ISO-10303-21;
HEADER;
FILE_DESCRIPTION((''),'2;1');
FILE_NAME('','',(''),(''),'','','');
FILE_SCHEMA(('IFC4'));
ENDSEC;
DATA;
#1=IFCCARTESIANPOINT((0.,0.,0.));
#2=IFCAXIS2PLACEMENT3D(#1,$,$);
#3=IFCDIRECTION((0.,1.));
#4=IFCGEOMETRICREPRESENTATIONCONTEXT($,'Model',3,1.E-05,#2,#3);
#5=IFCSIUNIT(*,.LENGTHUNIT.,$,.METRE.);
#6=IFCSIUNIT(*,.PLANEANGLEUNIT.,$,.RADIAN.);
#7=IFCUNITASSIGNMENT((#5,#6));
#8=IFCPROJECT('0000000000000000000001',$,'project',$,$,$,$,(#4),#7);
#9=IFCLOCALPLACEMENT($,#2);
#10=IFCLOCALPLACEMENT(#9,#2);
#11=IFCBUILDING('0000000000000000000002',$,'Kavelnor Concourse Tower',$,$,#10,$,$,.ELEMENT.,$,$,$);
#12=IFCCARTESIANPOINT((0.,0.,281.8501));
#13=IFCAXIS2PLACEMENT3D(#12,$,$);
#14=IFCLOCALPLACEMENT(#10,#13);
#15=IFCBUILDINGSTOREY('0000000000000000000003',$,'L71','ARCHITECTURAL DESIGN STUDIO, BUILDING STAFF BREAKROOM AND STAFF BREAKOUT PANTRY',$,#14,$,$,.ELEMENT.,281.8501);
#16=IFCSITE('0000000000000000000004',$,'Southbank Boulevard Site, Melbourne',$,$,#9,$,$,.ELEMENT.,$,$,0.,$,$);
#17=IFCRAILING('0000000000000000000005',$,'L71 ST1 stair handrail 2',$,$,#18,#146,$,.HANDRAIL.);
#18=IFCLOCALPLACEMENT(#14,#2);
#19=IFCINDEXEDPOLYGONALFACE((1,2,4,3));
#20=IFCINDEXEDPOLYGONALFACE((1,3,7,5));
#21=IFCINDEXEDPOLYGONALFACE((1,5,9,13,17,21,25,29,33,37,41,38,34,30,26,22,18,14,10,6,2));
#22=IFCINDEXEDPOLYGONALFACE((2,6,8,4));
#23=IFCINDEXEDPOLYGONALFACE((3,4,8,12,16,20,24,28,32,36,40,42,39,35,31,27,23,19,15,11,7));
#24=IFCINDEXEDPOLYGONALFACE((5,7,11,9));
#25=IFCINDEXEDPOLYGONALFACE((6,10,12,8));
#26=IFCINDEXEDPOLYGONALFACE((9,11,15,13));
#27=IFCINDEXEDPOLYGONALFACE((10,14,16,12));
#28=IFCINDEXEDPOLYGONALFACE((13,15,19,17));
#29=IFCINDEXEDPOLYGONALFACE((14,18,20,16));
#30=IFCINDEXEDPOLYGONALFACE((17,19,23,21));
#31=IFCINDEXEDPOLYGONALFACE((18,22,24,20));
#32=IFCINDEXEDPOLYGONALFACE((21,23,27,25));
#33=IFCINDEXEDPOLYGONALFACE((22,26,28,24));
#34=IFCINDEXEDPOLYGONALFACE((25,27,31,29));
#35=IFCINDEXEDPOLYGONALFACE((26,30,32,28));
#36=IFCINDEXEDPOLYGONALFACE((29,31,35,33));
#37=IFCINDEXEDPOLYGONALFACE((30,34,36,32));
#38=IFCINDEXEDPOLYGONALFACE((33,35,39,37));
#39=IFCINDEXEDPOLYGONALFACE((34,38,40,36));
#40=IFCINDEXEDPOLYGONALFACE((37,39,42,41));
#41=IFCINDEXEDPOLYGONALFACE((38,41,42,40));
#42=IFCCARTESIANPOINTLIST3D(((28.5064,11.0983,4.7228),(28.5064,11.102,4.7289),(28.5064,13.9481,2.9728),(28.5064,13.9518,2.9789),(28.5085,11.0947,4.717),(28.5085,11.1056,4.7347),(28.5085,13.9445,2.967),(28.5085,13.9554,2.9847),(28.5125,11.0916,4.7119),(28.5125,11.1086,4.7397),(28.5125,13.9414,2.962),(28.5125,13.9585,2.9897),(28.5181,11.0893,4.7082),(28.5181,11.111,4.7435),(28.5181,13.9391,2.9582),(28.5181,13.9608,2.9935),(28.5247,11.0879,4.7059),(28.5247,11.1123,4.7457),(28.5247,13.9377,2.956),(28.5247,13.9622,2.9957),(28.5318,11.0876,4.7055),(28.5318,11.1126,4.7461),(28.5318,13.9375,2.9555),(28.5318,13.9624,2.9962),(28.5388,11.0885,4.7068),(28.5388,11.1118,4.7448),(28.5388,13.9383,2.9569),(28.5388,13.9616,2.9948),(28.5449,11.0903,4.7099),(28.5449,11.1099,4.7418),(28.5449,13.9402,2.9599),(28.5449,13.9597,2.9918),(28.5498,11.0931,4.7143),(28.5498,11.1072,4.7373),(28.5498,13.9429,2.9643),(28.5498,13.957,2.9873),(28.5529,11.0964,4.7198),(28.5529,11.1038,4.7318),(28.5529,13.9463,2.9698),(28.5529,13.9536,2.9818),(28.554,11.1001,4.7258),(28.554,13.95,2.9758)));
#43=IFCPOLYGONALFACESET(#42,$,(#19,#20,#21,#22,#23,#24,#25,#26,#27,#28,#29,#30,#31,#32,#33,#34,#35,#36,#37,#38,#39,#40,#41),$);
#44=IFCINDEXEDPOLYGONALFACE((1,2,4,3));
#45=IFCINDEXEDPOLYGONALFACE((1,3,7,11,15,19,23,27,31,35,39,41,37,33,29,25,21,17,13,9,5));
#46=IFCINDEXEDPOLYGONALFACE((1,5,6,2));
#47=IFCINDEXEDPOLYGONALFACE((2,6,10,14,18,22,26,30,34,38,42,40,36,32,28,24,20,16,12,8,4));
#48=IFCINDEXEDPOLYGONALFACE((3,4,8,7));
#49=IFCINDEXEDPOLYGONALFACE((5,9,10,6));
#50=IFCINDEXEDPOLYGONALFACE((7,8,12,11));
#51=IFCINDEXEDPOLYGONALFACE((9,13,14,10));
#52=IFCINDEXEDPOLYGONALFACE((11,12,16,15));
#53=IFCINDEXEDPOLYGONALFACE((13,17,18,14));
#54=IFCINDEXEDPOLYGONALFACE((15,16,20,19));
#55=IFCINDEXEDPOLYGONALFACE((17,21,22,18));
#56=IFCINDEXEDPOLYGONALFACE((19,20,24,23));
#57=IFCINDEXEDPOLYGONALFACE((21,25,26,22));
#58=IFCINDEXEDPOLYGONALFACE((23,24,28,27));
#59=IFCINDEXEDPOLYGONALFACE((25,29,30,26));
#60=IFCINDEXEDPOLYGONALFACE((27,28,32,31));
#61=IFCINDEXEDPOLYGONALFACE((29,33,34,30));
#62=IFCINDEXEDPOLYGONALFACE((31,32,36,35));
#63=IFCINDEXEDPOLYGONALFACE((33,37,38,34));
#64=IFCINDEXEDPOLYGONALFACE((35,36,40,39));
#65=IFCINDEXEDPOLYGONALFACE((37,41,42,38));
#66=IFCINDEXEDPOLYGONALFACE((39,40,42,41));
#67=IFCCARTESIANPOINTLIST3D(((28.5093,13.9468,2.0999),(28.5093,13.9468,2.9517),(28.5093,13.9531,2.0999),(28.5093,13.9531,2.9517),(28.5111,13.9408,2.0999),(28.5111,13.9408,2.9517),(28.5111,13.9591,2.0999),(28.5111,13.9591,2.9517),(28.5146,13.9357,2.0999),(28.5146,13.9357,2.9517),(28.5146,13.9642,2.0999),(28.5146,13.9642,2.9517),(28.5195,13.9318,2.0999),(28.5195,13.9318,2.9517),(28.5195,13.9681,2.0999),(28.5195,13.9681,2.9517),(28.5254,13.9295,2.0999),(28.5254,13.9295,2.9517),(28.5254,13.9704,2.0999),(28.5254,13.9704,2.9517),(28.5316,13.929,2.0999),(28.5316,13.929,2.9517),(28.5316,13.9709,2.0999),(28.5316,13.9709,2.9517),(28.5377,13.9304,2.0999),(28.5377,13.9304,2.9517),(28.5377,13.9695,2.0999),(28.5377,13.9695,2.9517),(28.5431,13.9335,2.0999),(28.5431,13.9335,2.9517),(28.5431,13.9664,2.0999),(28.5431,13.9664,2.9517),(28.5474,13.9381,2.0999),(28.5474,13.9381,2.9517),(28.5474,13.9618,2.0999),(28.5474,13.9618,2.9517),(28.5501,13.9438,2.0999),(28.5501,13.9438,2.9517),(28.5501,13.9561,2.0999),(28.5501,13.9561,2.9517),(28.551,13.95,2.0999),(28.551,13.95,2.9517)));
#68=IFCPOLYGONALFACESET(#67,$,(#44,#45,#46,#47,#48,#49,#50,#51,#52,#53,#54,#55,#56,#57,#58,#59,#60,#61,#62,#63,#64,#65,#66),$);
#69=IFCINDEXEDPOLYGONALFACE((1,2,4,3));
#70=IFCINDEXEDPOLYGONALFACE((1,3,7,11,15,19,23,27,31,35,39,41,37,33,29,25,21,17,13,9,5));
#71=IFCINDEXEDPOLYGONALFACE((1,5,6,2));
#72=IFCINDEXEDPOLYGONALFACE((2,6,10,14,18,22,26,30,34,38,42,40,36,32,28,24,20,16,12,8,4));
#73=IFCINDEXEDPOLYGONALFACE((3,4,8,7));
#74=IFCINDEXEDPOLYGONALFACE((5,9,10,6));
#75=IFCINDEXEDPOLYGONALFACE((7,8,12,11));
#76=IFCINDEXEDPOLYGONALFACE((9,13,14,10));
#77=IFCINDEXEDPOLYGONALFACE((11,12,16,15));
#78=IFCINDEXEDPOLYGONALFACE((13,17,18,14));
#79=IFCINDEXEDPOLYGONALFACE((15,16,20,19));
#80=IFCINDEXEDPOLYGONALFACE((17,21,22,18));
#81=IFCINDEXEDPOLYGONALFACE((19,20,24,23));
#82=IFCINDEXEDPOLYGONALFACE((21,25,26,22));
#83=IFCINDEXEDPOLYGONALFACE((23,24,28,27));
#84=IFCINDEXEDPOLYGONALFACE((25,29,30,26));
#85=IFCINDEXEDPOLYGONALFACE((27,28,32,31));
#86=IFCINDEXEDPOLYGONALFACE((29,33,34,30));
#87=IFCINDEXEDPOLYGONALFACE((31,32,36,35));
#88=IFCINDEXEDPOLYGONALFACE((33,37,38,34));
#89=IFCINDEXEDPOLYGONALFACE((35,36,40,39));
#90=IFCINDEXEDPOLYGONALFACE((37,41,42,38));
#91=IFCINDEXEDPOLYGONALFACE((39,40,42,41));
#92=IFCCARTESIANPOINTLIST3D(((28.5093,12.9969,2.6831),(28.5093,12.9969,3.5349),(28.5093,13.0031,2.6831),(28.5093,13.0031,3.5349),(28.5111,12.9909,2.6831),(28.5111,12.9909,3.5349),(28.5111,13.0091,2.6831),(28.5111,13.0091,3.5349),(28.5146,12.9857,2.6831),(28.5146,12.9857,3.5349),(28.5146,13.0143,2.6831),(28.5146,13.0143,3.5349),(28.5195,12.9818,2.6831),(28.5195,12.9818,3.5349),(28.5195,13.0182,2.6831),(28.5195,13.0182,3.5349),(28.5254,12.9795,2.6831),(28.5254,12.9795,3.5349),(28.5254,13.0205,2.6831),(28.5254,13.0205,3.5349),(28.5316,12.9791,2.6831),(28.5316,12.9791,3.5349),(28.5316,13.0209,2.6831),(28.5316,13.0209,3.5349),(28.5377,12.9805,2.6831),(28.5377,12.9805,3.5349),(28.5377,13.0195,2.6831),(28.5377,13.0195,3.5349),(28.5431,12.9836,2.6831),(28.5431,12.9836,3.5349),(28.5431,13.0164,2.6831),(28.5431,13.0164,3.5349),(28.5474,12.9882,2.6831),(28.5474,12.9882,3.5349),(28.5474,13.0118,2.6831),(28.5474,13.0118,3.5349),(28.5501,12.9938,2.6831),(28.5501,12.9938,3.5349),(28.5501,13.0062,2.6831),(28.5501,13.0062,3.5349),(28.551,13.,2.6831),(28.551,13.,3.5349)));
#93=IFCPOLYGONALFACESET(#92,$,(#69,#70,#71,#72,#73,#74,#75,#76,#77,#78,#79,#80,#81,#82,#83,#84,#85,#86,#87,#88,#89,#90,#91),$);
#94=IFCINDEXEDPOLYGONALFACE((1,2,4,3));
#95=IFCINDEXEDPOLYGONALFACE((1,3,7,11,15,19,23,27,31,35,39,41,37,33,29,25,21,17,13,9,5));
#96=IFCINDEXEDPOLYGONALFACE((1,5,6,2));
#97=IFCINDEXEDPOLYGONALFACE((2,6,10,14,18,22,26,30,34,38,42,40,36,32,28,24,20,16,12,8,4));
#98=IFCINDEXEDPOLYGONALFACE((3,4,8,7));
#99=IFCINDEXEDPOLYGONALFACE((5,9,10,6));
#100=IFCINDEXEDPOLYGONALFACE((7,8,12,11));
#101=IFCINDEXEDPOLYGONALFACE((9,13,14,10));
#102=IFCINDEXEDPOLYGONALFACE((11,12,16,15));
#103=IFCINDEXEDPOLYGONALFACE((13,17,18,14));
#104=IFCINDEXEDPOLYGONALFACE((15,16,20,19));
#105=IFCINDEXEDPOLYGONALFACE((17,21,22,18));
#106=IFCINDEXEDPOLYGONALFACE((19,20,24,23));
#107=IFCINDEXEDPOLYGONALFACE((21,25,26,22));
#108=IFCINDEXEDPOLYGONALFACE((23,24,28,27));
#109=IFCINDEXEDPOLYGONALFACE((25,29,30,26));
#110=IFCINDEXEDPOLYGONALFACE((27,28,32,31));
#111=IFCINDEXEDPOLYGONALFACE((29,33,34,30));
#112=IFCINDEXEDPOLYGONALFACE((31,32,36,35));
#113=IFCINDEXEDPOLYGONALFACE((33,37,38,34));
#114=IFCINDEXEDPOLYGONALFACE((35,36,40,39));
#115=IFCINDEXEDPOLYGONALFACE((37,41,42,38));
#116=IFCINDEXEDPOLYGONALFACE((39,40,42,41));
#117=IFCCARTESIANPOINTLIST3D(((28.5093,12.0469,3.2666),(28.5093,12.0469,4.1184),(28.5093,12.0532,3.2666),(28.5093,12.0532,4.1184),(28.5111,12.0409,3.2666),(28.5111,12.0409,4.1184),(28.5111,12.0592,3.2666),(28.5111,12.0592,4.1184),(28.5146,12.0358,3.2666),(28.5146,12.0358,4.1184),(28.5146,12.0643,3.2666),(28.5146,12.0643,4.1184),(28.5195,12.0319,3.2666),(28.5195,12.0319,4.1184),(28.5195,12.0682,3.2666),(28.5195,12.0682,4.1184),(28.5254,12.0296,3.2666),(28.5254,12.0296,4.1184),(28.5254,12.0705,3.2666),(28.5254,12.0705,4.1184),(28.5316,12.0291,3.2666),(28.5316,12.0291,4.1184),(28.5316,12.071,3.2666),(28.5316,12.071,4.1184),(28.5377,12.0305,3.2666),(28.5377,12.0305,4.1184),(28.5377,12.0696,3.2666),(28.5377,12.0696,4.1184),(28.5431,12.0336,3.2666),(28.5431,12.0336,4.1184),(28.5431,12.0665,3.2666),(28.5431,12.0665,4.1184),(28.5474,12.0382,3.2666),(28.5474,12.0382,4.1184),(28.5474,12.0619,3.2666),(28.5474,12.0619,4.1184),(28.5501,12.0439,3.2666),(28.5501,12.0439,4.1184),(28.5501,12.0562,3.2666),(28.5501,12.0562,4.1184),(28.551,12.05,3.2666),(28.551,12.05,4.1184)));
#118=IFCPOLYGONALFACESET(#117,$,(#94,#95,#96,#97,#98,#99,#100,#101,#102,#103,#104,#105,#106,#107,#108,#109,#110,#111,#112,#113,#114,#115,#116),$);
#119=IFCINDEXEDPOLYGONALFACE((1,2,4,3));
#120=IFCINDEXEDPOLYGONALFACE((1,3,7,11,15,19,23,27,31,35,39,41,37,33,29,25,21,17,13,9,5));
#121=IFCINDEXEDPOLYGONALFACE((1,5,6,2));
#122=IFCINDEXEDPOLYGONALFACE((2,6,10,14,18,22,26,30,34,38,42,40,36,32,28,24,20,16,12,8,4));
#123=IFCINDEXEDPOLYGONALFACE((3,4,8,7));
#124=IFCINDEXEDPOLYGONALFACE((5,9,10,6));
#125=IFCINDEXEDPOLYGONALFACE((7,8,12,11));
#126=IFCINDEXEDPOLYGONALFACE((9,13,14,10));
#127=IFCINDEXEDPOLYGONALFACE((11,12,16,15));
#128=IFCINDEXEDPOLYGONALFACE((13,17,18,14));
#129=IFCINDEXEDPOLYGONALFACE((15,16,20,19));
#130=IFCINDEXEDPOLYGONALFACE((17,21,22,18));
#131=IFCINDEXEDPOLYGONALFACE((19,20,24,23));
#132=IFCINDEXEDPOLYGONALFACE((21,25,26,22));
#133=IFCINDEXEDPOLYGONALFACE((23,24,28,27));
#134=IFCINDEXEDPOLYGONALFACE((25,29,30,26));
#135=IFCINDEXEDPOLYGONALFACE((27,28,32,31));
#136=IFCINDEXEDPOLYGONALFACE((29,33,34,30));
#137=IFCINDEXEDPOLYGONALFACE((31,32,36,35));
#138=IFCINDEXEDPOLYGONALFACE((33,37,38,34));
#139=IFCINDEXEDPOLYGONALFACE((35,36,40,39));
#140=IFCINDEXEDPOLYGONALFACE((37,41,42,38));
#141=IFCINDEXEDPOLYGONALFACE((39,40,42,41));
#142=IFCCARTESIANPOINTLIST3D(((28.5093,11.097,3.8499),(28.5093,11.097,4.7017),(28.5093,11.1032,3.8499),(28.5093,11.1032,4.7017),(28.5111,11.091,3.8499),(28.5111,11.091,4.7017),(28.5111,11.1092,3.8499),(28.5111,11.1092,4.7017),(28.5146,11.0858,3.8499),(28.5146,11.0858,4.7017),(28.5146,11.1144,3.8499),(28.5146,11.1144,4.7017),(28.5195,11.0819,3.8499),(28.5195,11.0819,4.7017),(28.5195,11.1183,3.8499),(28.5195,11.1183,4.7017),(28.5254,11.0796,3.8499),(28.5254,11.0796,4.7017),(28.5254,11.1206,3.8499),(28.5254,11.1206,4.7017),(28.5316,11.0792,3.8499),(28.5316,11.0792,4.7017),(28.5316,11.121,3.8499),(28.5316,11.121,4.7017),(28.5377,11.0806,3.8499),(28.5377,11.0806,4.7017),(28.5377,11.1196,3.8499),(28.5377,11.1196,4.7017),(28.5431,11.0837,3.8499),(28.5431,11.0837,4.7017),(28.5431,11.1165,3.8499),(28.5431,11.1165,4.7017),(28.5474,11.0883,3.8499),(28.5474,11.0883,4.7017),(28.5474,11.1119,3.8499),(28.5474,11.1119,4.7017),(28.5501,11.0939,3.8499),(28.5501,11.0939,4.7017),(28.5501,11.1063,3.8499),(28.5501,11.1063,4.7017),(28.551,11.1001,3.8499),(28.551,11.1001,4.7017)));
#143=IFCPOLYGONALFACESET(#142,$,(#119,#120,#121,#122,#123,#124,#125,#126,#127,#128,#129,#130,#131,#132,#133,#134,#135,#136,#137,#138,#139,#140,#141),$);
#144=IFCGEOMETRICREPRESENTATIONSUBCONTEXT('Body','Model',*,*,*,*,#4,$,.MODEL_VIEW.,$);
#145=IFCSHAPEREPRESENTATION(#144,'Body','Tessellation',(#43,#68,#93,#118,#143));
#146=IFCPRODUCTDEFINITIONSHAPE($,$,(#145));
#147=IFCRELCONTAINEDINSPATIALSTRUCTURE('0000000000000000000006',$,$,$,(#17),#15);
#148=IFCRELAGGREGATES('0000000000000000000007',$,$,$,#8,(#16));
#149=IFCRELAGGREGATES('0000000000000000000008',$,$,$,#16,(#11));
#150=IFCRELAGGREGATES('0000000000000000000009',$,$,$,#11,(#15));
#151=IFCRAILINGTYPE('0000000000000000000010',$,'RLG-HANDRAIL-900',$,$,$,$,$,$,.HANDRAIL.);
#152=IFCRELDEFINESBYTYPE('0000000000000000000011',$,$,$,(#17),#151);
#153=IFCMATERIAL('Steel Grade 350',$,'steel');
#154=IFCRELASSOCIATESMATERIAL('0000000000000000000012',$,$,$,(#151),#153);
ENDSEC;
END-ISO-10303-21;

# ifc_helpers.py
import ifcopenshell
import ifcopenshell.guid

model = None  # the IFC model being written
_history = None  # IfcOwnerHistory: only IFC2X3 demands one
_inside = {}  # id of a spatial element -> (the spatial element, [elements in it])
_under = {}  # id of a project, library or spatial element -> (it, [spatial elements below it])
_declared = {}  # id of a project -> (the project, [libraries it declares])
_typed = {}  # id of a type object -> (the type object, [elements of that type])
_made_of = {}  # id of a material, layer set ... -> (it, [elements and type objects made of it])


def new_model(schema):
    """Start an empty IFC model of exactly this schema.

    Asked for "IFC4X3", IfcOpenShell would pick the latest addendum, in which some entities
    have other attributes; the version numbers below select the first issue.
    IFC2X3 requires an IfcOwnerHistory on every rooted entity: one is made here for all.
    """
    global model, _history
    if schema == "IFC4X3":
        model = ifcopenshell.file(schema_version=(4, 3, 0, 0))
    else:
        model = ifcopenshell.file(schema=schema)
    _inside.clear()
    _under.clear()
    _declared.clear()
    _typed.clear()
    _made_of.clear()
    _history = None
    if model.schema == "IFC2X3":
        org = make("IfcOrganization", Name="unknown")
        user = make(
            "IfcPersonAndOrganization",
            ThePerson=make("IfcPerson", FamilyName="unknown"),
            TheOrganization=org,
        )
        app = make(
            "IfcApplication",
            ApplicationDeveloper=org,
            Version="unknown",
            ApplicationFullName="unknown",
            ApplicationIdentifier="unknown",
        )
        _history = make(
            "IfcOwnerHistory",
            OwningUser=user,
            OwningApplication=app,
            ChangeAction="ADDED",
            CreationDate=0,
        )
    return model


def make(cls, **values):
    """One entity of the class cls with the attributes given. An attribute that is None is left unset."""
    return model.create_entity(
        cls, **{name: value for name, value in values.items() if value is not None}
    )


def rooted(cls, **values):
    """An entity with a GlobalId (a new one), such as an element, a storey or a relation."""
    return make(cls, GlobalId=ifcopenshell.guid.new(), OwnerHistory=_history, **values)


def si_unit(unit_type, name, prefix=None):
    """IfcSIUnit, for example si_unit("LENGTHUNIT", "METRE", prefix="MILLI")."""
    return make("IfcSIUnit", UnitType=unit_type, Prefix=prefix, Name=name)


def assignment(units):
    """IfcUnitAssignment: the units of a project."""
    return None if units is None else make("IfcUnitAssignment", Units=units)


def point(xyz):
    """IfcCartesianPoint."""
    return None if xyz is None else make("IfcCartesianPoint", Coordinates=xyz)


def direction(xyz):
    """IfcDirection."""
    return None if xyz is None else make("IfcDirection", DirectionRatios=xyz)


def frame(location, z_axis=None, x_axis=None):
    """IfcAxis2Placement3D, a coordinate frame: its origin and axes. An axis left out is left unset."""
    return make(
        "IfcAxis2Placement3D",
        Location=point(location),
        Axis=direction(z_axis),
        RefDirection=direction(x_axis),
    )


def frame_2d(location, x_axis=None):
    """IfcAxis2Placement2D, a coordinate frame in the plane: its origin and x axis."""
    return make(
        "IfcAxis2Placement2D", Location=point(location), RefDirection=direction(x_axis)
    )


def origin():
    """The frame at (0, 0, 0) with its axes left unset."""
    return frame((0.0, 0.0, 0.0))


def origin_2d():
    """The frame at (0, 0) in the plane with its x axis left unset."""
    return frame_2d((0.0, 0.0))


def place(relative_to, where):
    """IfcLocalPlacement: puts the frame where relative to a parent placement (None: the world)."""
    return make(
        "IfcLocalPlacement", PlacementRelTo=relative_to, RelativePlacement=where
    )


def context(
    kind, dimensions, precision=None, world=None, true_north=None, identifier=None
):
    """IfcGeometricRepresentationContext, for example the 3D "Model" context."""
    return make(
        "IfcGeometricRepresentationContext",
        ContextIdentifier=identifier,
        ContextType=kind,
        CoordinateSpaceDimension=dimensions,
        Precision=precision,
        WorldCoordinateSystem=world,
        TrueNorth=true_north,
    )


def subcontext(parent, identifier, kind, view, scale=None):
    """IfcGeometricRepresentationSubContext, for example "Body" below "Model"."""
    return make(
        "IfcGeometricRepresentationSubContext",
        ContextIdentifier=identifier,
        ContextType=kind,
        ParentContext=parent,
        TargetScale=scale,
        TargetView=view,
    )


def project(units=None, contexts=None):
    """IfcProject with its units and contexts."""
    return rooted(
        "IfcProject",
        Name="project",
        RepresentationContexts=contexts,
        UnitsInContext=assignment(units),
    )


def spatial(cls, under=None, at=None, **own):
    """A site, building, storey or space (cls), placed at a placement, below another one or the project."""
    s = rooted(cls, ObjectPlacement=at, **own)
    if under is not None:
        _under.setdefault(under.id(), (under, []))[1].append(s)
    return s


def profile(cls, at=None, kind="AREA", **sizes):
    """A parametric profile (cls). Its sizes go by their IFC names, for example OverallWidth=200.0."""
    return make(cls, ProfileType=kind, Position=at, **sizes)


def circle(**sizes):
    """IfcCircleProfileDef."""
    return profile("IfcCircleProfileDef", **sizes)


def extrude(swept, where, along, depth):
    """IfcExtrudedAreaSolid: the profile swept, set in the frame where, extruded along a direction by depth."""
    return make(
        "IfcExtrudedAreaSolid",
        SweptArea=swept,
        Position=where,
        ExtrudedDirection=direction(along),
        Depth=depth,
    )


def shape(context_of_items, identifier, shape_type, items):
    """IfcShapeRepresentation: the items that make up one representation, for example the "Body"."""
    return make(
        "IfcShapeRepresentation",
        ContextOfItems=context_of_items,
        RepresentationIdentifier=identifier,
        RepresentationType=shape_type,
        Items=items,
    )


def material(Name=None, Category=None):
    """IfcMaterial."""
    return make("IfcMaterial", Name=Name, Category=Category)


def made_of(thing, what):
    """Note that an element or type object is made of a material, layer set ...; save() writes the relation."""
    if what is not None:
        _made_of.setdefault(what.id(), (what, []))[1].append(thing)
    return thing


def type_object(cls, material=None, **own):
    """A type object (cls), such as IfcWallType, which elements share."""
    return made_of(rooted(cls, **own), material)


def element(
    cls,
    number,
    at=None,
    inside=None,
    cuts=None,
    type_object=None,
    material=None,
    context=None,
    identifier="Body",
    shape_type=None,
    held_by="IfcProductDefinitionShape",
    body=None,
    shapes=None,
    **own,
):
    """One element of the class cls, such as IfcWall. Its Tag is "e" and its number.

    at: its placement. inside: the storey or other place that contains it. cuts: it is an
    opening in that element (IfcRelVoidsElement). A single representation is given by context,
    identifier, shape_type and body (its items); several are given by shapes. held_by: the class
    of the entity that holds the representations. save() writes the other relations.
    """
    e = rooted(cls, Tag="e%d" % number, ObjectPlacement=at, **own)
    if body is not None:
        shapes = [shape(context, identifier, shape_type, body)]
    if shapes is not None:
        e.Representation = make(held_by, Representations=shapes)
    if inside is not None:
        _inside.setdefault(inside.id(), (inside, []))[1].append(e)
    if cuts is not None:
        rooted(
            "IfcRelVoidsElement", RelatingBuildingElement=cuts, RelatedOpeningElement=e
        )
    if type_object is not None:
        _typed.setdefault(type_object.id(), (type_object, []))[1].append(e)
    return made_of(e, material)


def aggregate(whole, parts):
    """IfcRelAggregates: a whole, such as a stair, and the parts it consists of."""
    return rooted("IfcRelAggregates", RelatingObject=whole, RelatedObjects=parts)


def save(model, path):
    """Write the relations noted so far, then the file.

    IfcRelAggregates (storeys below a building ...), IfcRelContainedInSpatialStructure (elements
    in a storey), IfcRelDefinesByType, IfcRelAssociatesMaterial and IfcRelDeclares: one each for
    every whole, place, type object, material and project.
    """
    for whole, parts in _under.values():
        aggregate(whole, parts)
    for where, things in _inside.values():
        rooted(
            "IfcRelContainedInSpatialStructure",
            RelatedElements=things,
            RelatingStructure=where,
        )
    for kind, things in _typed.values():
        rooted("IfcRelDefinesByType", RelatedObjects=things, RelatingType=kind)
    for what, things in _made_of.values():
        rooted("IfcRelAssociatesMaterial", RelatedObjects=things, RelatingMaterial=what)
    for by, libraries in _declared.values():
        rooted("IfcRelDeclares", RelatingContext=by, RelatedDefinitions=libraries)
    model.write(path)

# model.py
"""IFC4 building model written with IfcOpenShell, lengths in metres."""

from ifc_helpers import new_model, si_unit, direction, frame, origin, origin_2d, place, context, subcontext, project, spatial, circle, extrude, material, type_object, element, save


model = new_model("IFC4")

# Units and contexts
model_context = context("Model", 3, precision=1e-05, world=origin(), true_north=direction((0.0, 1.0)))
body_context = subcontext(model_context, "Body", "Model", "MODEL_VIEW")
ifc_project = project(units=[si_unit("LENGTHUNIT", "METRE"), si_unit("PLANEANGLEUNIT", "RADIAN")], contexts=[model_context])

# Site, building, storey
site_placement = place(None, origin())
site = spatial("IfcSite", under=ifc_project, at=site_placement, Name="Southbank Boulevard Site, Melbourne", CompositionType="ELEMENT", RefElevation=0.0)
building_placement = place(site_placement, origin())
building = spatial("IfcBuilding", under=site, at=building_placement, Name="Kavelnor Concourse Tower", CompositionType="ELEMENT")
storey_placement = place(building_placement, frame((0.0, 0.0, 281.8501)))
storey = spatial("IfcBuildingStorey", under=building, at=storey_placement, Name="L71", Description="ARCHITECTURAL DESIGN STUDIO, BUILDING STAFF BREAKROOM AND STAFF BREAKOUT PANTRY", CompositionType="ELEMENT", Elevation=281.8501)

# Shared definitions
ifc_material_1 = material(Name="Steel Grade 350", Category="steel")

# Railing
railing_type_1 = type_object("IfcRailingType", Name="RLG-HANDRAIL-900", PredefinedType="HANDRAIL", material=ifc_material_1)
railing_1_placement = place(storey_placement, frame((28.53, 13.95, 2.0999)))
element("IfcRailing", 1, at=railing_1_placement, inside=storey, type_object=railing_type_1, Name="L71 ST1 stair handrail 2", PredefinedType="HANDRAIL", context=body_context, shape_type="SweptSolid", body=[
    extrude(circle(Radius=0.0239, at=origin_2d()), frame((0.0, 0.0, 0.876), z_axis=(0.0, -0.852159, 0.523283), x_axis=(1.0, 0.0, 0.0)), (0.0, 0.0, 1.0), 3.3442),
    extrude(circle(Radius=0.021, at=origin_2d()), origin(), (0.0, 0.0, 1.0), 0.8518),
    extrude(circle(Radius=0.021, at=origin_2d()), frame((0.0, -0.95, 0.5833)), (0.0, 0.0, 1.0), 0.8518),
    extrude(circle(Radius=0.021, at=origin_2d()), frame((0.0, -1.8999, 1.1667)), (0.0, 0.0, 1.0), 0.8518),
    extrude(circle(Radius=0.021, at=origin_2d()), frame((0.0, -2.8499, 1.75)), (0.0, 0.0, 1.0), 0.8518),
])

save(model, "model.ifc")
